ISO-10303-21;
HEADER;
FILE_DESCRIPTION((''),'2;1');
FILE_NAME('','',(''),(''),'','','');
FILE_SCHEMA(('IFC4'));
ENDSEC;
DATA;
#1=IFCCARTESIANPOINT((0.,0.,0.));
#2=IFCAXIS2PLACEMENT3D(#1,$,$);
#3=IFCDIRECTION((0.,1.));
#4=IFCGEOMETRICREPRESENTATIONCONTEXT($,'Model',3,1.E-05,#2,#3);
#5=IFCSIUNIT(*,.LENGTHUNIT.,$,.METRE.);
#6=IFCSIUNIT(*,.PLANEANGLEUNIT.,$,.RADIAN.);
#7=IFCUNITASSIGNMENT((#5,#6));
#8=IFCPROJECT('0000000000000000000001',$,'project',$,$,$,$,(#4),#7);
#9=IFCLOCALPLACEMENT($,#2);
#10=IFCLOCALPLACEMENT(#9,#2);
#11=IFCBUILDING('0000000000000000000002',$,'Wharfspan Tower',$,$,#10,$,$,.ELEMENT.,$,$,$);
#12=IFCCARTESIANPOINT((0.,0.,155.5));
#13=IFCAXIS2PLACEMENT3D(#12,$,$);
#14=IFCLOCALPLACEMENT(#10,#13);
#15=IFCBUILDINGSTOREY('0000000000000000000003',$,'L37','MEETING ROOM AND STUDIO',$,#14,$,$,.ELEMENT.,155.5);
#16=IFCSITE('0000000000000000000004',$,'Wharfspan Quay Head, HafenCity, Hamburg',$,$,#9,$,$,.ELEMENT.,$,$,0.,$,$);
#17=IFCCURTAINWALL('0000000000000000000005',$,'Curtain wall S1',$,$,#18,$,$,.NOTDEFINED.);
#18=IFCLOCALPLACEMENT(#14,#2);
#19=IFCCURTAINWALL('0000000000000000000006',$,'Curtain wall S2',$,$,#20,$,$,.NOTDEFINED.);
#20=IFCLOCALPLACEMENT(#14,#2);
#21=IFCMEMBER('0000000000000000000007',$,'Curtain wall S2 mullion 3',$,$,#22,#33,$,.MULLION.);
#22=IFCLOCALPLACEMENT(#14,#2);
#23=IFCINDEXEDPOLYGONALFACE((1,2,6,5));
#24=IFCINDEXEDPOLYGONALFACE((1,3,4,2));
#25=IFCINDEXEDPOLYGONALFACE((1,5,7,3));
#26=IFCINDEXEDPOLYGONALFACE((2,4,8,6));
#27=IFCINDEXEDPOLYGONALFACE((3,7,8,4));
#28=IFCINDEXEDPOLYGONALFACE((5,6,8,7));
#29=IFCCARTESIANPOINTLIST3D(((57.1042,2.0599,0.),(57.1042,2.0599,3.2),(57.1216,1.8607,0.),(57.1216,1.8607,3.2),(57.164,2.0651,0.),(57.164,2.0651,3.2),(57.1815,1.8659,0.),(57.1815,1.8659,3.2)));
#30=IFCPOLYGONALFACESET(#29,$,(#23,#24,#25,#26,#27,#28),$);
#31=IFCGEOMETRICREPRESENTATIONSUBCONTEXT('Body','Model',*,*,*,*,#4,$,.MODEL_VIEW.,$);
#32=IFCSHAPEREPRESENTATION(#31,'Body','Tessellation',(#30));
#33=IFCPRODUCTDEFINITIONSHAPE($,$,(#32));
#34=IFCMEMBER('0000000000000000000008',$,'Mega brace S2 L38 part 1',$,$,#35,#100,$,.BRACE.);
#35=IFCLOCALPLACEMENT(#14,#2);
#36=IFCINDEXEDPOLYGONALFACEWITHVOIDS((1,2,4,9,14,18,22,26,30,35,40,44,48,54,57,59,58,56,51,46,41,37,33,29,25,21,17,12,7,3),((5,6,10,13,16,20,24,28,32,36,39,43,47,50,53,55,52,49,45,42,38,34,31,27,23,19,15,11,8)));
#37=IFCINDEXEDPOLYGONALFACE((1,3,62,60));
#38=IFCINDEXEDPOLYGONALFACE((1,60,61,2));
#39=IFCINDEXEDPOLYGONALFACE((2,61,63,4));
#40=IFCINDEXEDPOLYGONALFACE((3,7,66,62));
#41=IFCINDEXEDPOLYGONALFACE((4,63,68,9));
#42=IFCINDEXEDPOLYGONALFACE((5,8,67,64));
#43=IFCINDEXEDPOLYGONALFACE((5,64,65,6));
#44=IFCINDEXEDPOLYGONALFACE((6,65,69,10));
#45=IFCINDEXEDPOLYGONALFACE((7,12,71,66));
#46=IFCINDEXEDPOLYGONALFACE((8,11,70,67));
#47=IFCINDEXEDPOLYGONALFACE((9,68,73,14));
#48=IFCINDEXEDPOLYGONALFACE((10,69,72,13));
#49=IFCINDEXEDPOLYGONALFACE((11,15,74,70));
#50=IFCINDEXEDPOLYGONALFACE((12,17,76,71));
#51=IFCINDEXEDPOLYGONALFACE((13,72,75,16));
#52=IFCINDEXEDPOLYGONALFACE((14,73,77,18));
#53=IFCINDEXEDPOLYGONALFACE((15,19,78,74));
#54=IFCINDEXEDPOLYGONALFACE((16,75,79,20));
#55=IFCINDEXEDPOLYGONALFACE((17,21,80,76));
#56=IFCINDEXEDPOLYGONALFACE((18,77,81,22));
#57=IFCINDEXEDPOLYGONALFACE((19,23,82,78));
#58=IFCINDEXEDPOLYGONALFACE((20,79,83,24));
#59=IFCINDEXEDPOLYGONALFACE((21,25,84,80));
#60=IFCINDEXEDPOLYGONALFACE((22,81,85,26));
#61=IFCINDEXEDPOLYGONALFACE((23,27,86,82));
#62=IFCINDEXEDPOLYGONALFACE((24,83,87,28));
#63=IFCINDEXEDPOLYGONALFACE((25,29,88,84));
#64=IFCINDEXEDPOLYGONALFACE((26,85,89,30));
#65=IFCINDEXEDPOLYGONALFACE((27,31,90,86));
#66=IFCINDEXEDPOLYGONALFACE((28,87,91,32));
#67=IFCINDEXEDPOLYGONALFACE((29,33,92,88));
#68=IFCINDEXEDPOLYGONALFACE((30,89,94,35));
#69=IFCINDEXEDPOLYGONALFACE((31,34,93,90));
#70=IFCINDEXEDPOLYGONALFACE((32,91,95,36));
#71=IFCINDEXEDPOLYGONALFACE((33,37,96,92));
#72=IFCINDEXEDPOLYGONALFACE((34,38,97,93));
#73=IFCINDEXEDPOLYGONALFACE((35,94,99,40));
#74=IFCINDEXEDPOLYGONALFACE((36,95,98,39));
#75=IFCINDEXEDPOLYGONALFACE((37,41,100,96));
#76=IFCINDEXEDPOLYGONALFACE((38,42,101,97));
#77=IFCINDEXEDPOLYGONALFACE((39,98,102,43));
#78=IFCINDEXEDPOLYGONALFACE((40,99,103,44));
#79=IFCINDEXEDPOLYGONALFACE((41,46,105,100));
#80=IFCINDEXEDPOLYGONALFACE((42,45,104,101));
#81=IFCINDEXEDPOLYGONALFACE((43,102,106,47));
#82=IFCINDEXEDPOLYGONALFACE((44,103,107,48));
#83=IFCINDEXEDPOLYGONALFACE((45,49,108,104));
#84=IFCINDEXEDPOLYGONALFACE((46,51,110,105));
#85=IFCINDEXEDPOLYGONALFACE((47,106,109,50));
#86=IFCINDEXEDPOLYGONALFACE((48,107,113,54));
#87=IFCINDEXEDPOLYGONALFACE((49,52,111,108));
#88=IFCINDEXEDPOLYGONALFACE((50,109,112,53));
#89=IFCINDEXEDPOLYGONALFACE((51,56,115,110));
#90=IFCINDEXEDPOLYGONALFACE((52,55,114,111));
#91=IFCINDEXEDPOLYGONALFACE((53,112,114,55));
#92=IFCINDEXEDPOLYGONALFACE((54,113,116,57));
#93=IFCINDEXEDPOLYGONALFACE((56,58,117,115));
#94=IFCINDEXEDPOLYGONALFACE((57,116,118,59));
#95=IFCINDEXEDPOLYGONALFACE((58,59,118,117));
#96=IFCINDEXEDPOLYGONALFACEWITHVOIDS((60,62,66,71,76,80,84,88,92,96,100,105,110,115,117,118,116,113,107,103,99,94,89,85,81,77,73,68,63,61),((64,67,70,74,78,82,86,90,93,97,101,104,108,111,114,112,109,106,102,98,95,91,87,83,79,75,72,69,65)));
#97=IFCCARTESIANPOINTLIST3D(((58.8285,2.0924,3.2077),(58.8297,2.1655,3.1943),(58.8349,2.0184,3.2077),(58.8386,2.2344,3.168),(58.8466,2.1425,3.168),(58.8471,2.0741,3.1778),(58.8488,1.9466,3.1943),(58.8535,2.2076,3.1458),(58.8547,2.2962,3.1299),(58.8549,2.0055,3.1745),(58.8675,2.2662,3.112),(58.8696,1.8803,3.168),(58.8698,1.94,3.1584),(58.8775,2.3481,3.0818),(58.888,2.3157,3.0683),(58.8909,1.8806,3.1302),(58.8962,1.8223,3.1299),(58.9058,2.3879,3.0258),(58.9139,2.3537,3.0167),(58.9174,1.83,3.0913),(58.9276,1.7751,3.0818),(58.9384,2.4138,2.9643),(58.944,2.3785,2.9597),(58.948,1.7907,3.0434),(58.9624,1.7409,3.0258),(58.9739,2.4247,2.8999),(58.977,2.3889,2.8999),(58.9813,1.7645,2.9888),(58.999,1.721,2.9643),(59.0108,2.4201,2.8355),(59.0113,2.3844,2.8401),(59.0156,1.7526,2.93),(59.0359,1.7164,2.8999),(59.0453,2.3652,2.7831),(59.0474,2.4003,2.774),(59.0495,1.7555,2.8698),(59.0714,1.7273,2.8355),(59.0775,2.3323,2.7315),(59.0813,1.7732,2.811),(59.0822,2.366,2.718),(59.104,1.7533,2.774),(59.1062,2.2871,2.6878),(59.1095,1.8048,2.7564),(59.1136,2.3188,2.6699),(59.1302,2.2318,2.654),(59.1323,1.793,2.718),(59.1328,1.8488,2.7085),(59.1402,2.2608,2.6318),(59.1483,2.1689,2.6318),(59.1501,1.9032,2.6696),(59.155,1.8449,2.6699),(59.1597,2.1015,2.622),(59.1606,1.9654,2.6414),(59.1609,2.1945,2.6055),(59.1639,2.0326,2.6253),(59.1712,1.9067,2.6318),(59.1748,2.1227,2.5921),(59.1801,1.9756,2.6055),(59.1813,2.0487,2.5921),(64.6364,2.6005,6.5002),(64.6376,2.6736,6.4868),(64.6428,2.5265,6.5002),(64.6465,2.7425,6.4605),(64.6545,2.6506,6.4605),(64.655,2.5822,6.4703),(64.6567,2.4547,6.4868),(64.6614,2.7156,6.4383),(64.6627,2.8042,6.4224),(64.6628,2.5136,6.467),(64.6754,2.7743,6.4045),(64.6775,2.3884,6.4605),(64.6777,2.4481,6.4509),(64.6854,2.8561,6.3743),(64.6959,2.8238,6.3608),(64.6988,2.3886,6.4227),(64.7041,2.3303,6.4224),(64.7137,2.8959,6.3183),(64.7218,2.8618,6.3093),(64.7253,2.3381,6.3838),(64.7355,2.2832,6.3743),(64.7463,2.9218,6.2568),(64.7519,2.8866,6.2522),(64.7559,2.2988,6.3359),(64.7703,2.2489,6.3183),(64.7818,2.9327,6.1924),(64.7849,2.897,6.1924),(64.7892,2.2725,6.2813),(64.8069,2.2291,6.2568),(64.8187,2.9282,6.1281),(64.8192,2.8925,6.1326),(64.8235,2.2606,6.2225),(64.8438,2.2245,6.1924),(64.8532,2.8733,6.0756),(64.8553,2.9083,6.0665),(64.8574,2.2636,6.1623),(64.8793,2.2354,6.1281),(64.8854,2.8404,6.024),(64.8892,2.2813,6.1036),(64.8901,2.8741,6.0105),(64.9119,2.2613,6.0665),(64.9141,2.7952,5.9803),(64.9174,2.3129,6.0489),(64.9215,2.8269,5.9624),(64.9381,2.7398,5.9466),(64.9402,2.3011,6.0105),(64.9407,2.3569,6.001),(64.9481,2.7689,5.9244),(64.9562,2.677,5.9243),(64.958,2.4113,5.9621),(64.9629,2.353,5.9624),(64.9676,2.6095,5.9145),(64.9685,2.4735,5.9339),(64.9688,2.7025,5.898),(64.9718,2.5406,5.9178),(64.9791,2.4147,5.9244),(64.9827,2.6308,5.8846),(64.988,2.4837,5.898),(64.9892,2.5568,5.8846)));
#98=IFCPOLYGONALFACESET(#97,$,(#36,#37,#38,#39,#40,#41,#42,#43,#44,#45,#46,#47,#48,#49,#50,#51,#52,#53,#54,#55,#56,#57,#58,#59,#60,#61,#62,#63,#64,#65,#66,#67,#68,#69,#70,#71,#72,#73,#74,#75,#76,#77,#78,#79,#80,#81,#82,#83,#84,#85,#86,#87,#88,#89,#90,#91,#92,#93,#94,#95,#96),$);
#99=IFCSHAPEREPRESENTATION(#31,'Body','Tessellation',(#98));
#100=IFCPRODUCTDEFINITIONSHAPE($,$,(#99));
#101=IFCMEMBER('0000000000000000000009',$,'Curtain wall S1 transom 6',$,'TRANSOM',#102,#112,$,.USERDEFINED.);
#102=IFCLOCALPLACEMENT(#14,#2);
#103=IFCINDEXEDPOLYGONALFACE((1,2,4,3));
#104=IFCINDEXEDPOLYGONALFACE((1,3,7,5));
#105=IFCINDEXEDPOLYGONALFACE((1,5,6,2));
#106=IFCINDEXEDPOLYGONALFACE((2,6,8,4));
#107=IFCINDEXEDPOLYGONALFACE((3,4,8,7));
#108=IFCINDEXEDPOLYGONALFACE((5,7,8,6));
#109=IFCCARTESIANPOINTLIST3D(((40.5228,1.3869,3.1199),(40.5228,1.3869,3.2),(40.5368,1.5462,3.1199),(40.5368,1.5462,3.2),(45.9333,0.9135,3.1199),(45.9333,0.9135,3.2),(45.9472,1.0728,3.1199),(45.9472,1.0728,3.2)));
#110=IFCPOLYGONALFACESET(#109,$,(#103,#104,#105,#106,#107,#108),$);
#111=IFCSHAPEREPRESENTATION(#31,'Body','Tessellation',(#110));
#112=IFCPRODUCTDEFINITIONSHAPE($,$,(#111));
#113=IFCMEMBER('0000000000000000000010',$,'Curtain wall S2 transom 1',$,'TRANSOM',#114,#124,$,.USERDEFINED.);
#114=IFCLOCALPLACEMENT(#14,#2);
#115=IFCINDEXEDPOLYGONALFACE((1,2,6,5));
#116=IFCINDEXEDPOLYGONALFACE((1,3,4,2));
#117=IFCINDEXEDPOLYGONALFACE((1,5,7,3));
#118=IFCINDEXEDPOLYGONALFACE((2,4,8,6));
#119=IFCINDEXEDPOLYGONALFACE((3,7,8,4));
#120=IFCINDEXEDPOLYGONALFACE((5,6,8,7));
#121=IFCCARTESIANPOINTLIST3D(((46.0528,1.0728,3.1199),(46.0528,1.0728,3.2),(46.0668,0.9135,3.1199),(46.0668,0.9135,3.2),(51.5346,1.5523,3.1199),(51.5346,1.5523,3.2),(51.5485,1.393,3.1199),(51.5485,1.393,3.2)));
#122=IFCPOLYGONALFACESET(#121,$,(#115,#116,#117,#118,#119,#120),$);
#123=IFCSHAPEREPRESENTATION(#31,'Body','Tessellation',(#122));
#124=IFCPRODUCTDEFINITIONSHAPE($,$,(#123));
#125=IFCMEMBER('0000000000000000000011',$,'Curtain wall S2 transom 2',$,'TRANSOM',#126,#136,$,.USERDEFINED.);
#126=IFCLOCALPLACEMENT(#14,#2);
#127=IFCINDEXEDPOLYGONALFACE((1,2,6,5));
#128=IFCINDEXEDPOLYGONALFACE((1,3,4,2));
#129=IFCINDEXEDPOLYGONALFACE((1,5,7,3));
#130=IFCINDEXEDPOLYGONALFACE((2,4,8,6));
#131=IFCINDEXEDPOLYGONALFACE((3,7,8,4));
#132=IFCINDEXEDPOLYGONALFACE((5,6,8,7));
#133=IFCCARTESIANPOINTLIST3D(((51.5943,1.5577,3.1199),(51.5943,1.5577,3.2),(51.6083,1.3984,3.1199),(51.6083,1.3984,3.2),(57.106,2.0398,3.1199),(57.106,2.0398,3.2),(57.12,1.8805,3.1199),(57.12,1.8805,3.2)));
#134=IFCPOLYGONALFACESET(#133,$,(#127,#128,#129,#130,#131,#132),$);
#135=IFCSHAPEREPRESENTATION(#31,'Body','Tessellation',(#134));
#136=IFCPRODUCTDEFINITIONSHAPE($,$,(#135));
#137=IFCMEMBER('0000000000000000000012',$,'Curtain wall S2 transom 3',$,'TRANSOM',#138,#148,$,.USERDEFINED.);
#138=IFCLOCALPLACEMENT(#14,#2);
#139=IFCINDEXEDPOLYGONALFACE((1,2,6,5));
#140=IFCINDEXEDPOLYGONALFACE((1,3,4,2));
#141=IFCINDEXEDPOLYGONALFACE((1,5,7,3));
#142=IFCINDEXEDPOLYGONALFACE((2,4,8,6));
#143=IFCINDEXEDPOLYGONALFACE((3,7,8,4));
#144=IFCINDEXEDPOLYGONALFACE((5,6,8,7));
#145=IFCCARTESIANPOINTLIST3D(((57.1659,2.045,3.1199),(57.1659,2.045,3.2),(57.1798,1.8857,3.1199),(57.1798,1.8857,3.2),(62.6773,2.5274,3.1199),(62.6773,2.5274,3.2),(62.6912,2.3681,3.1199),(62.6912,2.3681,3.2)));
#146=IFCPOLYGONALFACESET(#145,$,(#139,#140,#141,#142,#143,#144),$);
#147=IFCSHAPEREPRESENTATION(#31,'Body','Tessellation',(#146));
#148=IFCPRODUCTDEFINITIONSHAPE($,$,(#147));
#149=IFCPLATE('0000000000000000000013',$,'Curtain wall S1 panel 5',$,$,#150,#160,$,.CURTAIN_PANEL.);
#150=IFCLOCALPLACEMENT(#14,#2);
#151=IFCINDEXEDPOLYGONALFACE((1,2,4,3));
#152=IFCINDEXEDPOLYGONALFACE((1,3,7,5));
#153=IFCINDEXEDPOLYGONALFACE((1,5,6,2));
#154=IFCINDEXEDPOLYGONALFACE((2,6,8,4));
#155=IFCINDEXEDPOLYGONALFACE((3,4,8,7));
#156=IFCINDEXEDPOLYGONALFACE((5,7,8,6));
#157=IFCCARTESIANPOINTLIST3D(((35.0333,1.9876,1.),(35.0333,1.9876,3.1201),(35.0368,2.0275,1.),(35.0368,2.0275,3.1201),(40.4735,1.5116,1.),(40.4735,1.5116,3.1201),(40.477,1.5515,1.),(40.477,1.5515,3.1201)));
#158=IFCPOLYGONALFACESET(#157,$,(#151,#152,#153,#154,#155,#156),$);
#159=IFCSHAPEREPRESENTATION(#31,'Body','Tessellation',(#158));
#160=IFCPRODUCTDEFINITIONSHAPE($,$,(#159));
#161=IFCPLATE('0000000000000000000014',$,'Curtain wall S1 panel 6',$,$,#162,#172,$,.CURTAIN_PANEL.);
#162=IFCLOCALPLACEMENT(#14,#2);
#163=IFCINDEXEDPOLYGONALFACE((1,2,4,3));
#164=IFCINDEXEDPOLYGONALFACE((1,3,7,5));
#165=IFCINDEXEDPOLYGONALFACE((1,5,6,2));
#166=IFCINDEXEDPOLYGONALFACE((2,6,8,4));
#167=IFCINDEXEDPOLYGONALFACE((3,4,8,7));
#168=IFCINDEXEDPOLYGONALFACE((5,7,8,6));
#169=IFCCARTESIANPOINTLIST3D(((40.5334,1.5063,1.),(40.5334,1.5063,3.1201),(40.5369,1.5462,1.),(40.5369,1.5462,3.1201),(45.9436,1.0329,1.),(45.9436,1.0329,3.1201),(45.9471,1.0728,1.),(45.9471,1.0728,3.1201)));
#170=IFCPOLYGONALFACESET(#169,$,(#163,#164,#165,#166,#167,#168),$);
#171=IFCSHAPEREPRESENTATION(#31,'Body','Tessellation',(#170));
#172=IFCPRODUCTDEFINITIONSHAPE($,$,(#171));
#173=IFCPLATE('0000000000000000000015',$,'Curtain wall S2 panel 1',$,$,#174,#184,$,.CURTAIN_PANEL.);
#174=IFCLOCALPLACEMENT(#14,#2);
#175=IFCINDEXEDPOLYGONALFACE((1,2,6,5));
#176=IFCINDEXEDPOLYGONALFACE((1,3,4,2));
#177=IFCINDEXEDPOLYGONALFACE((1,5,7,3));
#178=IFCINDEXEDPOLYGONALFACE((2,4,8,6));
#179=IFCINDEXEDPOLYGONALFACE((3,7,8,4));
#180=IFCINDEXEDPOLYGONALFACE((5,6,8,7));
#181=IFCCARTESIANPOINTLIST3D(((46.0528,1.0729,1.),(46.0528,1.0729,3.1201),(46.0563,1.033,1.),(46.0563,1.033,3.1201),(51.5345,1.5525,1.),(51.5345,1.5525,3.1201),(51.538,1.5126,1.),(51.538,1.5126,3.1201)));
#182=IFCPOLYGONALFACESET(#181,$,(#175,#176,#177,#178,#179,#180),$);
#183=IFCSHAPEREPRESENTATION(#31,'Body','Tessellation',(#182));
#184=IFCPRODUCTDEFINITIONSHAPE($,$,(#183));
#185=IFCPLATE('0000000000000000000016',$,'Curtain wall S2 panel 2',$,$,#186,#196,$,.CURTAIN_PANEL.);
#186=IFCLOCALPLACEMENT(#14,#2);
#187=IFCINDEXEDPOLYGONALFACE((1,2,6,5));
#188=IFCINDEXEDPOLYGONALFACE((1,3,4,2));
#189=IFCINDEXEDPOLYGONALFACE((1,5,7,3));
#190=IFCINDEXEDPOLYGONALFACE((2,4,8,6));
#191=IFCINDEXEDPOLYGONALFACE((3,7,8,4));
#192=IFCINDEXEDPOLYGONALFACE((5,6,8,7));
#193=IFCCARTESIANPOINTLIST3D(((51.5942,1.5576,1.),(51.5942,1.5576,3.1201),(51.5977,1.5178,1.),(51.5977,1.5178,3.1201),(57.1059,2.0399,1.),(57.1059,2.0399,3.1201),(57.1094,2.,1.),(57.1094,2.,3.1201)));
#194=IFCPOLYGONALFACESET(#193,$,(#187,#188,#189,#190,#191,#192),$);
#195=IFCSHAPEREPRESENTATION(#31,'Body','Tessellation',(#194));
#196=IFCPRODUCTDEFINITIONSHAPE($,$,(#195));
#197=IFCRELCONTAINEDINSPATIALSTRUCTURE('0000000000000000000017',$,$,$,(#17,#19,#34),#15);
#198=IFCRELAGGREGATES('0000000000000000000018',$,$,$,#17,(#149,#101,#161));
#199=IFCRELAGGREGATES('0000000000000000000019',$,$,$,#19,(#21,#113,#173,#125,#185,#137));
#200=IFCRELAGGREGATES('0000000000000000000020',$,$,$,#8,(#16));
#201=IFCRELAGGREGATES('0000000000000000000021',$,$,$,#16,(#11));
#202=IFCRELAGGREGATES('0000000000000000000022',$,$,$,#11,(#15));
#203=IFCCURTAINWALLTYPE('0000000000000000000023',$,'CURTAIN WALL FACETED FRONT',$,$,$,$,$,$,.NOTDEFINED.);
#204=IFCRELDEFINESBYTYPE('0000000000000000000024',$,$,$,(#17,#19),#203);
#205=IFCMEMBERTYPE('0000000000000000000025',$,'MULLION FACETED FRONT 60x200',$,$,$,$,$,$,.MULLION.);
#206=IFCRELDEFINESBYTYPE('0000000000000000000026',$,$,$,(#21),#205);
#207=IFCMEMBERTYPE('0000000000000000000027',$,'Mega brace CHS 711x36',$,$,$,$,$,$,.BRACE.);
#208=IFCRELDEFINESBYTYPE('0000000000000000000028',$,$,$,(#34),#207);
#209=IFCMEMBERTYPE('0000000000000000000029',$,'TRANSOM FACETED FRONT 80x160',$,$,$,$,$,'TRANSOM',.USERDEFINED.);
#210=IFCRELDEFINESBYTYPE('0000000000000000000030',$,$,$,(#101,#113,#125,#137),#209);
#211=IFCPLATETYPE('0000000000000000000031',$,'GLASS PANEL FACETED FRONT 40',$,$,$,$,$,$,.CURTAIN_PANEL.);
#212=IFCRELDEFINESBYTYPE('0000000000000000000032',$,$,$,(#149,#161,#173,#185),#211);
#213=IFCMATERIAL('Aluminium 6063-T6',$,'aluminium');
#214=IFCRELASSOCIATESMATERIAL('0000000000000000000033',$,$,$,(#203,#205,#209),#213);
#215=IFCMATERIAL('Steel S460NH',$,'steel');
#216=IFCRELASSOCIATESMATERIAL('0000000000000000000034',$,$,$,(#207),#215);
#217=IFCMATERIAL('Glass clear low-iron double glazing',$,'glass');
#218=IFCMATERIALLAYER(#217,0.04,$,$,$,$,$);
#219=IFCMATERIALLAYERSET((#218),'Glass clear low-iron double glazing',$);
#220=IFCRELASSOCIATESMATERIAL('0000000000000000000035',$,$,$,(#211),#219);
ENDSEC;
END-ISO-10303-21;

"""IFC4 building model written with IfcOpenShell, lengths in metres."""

from ifc_helpers import new_model, si_unit, direction, frame, origin, origin_2d, place, context, subcontext, project, spatial, rectangle, hollow_circle, extrude, material, layer, layer_set, material_profile, profile_set, type_object, element, aggregate, save


model = new_model("IFC4")

# Units and contexts
model_context = context("Model", 3, precision=1e-05, world=origin(), true_north=direction((0.0, 1.0)))
body_context = subcontext(model_context, "Body", "Model", "MODEL_VIEW")
ifc_project = project(units=[si_unit("LENGTHUNIT", "METRE"), si_unit("PLANEANGLEUNIT", "RADIAN")], contexts=[model_context])

# Site, building, storey
site_placement = place(None, origin())
site = spatial("IfcSite", under=ifc_project, at=site_placement, Name="Wharfspan Quay Head, HafenCity, Hamburg", CompositionType="ELEMENT", RefElevation=0.0)
building_placement = place(site_placement, origin())
building = spatial("IfcBuilding", under=site, at=building_placement, Name="Wharfspan Tower", CompositionType="ELEMENT")
storey_placement = place(building_placement, frame((0.0, 0.0, 155.5)))
storey = spatial("IfcBuildingStorey", under=building, at=storey_placement, Name="L37", Description="MEETING ROOM AND STUDIO", CompositionType="ELEMENT", Elevation=155.5)

# Curtain walls, member
ifc_material_1 = material(Name="Aluminium 6063-T6", Category="aluminium")
curtain_wall_type = type_object("IfcCurtainWallType", Name="CURTAIN WALL FACETED FRONT", PredefinedType="NOTDEFINED", material=ifc_material_1)
curtain_wall_1_placement = place(storey_placement, origin())
curtain_wall_1 = element("IfcCurtainWall", 1, at=curtain_wall_1_placement, inside=storey, type_object=curtain_wall_type, Name="Curtain wall S1", PredefinedType="NOTDEFINED")
ifc_material_profile_1 = material_profile(ifc_material_1, rectangle(XDim=0.2, YDim=0.0601, at=origin_2d()))
ifc_profile_set_1 = profile_set([ifc_material_profile_1], Name="Aluminium 6063-T6")
member_type_1 = type_object("IfcMemberType", Name="MULLION FACETED FRONT 60x200", PredefinedType="MULLION", material=ifc_profile_set_1)
curtain_wall_2_placement = place(storey_placement, origin())
curtain_wall_2 = element("IfcCurtainWall", 2, at=curtain_wall_2_placement, inside=storey, type_object=curtain_wall_type, Name="Curtain wall S2", PredefinedType="NOTDEFINED")
member_1_placement = place(storey_placement, frame((57.1428, 1.9629, 0.0), z_axis=(0.0, 0.0, 1.0), x_axis=(-0.087156, 0.996198, 0.0)))
member_1 = element("IfcMember", 3, at=member_1_placement, type_object=member_type_1, Name="Curtain wall S2 mullion 3", PredefinedType="MULLION", context=body_context, shape_type="SweptSolid", body=[
    extrude(rectangle(XDim=0.2, YDim=0.0601, at=origin_2d()), origin(), (0.0, 0.0, 1.0), 3.2),
])

# Members
ifc_material_2 = material(Name="Steel S460NH", Category="steel")
ifc_material_profile_2 = material_profile(ifc_material_2, hollow_circle(Radius=0.3555, WallThickness=0.0359, at=origin_2d()))
ifc_profile_set_2 = profile_set([ifc_material_profile_2], Name="Steel S460NH")
member_type_2 = type_object("IfcMemberType", Name="Mega brace CHS 711x36", PredefinedType="BRACE", material=ifc_profile_set_2)
member_2_placement = place(storey_placement, frame((59.0049, 2.0706, 2.8999), z_axis=(0.867427, 0.07588, 0.491745), x_axis=(-0.087145, 0.996197, 0.000001)))
element("IfcMember", 4, at=member_2_placement, inside=storey, type_object=member_type_2, Name="Mega brace S2 L38 part 1", PredefinedType="BRACE", context=body_context, shape_type="SweptSolid", body=[
    extrude(hollow_circle(Radius=0.3555, WallThickness=0.0359, at=origin_2d()), origin(), (0.0, 0.0, 1.0), 6.6956),
])
ifc_material_profile_3 = material_profile(ifc_material_1, rectangle(XDim=0.1599, YDim=0.0801, at=origin_2d()))
ifc_profile_set_3 = profile_set([ifc_material_profile_3], Name="Aluminium 6063-T6")
member_type_3 = type_object("IfcMemberType", Name="TRANSOM FACETED FRONT 80x160", ElementType="TRANSOM", PredefinedType="USERDEFINED", material=ifc_profile_set_3)
member_3_placement = place(storey_placement, frame((40.5298, 1.4666, 3.1599), z_axis=(0.996194, -0.087163, 0.0), x_axis=(0.087163, 0.996194, 0.0)))
member_3 = element("IfcMember", 5, at=member_3_placement, type_object=member_type_3, Name="Curtain wall S1 transom 6", ObjectType="TRANSOM", PredefinedType="USERDEFINED", context=body_context, shape_type="SweptSolid", body=[
    extrude(rectangle(XDim=0.1599, YDim=0.0801, at=origin_2d()), origin(), (0.0, 0.0, 1.0), 5.4312),
])
member_4_placement = place(storey_placement, frame((46.0598, 0.9932, 3.1599), z_axis=(0.996196, 0.087139, 0.0), x_axis=(-0.087139, 0.996196, 0.0)))
member_4 = element("IfcMember", 6, at=member_4_placement, type_object=member_type_3, Name="Curtain wall S2 transom 1", ObjectType="TRANSOM", PredefinedType="USERDEFINED", context=body_context, shape_type="SweptSolid", body=[
    extrude(rectangle(XDim=0.1599, YDim=0.0801, at=origin_2d()), origin(), (0.0, 0.0, 1.0), 5.5027),
])
member_5_placement = place(storey_placement, frame((51.6013, 1.478, 3.1599), z_axis=(0.996195, 0.087149, 0.0), x_axis=(-0.087149, 0.996195, 0.0)))
member_5 = element("IfcMember", 7, at=member_5_placement, type_object=member_type_3, Name="Curtain wall S2 transom 2", ObjectType="TRANSOM", PredefinedType="USERDEFINED", context=body_context, shape_type="SweptSolid", body=[
    extrude(rectangle(XDim=0.1599, YDim=0.0801, at=origin_2d()), origin(), (0.0, 0.0, 1.0), 5.5327),
])
member_6_placement = place(storey_placement, frame((57.1729, 1.9653, 3.1599), z_axis=(0.996191, 0.087197, 0.0), x_axis=(-0.087197, 0.996191, 0.0)))
member_6 = element("IfcMember", 8, at=member_6_placement, type_object=member_type_3, Name="Curtain wall S2 transom 3", ObjectType="TRANSOM", PredefinedType="USERDEFINED", context=body_context, shape_type="SweptSolid", body=[
    extrude(rectangle(XDim=0.1599, YDim=0.0801, at=origin_2d()), origin(), (0.0, 0.0, 1.0), 5.5325),
])

# Plates
ifc_material_3 = material(Name="Glass clear low-iron double glazing", Category="glass")
ifc_layer_1 = layer(ifc_material_3, 0.04)
ifc_layer_set_1 = layer_set([ifc_layer_1], Name="Glass clear low-iron double glazing")
plate_type = type_object("IfcPlateType", Name="GLASS PANEL FACETED FRONT 40", PredefinedType="CURTAIN_PANEL", material=ifc_layer_set_1)
plate_1_placement = place(storey_placement, frame((37.7551, 1.7695, 1.0), z_axis=(0.0, 0.0, 1.0), x_axis=(0.996198, -0.087156, 0.0)))
plate_1 = element("IfcPlate", 9, at=plate_1_placement, type_object=plate_type, Name="Curtain wall S1 panel 5", PredefinedType="CURTAIN_PANEL", context=body_context, shape_type="SweptSolid", body=[
    extrude(rectangle(XDim=5.4609, YDim=0.04, at=origin_2d()), origin(), (0.0, 0.0, 1.0), 2.1201),
])
plate_2_placement = place(storey_placement, frame((43.2402, 1.2896, 1.0), z_axis=(0.0, 0.0, 1.0), x_axis=(0.996198, -0.087156, 0.0)))
plate_2 = element("IfcPlate", 10, at=plate_2_placement, type_object=plate_type, Name="Curtain wall S1 panel 6", PredefinedType="CURTAIN_PANEL", context=body_context, shape_type="SweptSolid", body=[
    extrude(rectangle(XDim=5.4309, YDim=0.04, at=origin_2d()), origin(), (0.0, 0.0, 1.0), 2.1201),
])
aggregate(curtain_wall_1, [plate_1, member_3, plate_2])
plate_3_placement = place(storey_placement, frame((48.7954, 1.2927, 1.0), z_axis=(0.0, 0.0, 1.0), x_axis=(0.996198, 0.087156, 0.0)))
plate_3 = element("IfcPlate", 11, at=plate_3_placement, type_object=plate_type, Name="Curtain wall S2 panel 1", PredefinedType="CURTAIN_PANEL", context=body_context, shape_type="SweptSolid", body=[
    extrude(rectangle(XDim=5.5027, YDim=0.04, at=origin_2d()), origin(), (0.0, 0.0, 1.0), 2.1201),
])
plate_4_placement = place(storey_placement, frame((54.3518, 1.7788, 1.0), z_axis=(0.0, 0.0, 1.0), x_axis=(0.996198, 0.087156, 0.0)))
plate_4 = element("IfcPlate", 12, at=plate_4_placement, type_object=plate_type, Name="Curtain wall S2 panel 2", PredefinedType="CURTAIN_PANEL", context=body_context, shape_type="SweptSolid", body=[
    extrude(rectangle(XDim=5.5327, YDim=0.04, at=origin_2d()), origin(), (0.0, 0.0, 1.0), 2.1201),
])
aggregate(curtain_wall_2, [member_1, member_4, plate_3, member_5, plate_4, member_6])

save(model, "model.ifc")
